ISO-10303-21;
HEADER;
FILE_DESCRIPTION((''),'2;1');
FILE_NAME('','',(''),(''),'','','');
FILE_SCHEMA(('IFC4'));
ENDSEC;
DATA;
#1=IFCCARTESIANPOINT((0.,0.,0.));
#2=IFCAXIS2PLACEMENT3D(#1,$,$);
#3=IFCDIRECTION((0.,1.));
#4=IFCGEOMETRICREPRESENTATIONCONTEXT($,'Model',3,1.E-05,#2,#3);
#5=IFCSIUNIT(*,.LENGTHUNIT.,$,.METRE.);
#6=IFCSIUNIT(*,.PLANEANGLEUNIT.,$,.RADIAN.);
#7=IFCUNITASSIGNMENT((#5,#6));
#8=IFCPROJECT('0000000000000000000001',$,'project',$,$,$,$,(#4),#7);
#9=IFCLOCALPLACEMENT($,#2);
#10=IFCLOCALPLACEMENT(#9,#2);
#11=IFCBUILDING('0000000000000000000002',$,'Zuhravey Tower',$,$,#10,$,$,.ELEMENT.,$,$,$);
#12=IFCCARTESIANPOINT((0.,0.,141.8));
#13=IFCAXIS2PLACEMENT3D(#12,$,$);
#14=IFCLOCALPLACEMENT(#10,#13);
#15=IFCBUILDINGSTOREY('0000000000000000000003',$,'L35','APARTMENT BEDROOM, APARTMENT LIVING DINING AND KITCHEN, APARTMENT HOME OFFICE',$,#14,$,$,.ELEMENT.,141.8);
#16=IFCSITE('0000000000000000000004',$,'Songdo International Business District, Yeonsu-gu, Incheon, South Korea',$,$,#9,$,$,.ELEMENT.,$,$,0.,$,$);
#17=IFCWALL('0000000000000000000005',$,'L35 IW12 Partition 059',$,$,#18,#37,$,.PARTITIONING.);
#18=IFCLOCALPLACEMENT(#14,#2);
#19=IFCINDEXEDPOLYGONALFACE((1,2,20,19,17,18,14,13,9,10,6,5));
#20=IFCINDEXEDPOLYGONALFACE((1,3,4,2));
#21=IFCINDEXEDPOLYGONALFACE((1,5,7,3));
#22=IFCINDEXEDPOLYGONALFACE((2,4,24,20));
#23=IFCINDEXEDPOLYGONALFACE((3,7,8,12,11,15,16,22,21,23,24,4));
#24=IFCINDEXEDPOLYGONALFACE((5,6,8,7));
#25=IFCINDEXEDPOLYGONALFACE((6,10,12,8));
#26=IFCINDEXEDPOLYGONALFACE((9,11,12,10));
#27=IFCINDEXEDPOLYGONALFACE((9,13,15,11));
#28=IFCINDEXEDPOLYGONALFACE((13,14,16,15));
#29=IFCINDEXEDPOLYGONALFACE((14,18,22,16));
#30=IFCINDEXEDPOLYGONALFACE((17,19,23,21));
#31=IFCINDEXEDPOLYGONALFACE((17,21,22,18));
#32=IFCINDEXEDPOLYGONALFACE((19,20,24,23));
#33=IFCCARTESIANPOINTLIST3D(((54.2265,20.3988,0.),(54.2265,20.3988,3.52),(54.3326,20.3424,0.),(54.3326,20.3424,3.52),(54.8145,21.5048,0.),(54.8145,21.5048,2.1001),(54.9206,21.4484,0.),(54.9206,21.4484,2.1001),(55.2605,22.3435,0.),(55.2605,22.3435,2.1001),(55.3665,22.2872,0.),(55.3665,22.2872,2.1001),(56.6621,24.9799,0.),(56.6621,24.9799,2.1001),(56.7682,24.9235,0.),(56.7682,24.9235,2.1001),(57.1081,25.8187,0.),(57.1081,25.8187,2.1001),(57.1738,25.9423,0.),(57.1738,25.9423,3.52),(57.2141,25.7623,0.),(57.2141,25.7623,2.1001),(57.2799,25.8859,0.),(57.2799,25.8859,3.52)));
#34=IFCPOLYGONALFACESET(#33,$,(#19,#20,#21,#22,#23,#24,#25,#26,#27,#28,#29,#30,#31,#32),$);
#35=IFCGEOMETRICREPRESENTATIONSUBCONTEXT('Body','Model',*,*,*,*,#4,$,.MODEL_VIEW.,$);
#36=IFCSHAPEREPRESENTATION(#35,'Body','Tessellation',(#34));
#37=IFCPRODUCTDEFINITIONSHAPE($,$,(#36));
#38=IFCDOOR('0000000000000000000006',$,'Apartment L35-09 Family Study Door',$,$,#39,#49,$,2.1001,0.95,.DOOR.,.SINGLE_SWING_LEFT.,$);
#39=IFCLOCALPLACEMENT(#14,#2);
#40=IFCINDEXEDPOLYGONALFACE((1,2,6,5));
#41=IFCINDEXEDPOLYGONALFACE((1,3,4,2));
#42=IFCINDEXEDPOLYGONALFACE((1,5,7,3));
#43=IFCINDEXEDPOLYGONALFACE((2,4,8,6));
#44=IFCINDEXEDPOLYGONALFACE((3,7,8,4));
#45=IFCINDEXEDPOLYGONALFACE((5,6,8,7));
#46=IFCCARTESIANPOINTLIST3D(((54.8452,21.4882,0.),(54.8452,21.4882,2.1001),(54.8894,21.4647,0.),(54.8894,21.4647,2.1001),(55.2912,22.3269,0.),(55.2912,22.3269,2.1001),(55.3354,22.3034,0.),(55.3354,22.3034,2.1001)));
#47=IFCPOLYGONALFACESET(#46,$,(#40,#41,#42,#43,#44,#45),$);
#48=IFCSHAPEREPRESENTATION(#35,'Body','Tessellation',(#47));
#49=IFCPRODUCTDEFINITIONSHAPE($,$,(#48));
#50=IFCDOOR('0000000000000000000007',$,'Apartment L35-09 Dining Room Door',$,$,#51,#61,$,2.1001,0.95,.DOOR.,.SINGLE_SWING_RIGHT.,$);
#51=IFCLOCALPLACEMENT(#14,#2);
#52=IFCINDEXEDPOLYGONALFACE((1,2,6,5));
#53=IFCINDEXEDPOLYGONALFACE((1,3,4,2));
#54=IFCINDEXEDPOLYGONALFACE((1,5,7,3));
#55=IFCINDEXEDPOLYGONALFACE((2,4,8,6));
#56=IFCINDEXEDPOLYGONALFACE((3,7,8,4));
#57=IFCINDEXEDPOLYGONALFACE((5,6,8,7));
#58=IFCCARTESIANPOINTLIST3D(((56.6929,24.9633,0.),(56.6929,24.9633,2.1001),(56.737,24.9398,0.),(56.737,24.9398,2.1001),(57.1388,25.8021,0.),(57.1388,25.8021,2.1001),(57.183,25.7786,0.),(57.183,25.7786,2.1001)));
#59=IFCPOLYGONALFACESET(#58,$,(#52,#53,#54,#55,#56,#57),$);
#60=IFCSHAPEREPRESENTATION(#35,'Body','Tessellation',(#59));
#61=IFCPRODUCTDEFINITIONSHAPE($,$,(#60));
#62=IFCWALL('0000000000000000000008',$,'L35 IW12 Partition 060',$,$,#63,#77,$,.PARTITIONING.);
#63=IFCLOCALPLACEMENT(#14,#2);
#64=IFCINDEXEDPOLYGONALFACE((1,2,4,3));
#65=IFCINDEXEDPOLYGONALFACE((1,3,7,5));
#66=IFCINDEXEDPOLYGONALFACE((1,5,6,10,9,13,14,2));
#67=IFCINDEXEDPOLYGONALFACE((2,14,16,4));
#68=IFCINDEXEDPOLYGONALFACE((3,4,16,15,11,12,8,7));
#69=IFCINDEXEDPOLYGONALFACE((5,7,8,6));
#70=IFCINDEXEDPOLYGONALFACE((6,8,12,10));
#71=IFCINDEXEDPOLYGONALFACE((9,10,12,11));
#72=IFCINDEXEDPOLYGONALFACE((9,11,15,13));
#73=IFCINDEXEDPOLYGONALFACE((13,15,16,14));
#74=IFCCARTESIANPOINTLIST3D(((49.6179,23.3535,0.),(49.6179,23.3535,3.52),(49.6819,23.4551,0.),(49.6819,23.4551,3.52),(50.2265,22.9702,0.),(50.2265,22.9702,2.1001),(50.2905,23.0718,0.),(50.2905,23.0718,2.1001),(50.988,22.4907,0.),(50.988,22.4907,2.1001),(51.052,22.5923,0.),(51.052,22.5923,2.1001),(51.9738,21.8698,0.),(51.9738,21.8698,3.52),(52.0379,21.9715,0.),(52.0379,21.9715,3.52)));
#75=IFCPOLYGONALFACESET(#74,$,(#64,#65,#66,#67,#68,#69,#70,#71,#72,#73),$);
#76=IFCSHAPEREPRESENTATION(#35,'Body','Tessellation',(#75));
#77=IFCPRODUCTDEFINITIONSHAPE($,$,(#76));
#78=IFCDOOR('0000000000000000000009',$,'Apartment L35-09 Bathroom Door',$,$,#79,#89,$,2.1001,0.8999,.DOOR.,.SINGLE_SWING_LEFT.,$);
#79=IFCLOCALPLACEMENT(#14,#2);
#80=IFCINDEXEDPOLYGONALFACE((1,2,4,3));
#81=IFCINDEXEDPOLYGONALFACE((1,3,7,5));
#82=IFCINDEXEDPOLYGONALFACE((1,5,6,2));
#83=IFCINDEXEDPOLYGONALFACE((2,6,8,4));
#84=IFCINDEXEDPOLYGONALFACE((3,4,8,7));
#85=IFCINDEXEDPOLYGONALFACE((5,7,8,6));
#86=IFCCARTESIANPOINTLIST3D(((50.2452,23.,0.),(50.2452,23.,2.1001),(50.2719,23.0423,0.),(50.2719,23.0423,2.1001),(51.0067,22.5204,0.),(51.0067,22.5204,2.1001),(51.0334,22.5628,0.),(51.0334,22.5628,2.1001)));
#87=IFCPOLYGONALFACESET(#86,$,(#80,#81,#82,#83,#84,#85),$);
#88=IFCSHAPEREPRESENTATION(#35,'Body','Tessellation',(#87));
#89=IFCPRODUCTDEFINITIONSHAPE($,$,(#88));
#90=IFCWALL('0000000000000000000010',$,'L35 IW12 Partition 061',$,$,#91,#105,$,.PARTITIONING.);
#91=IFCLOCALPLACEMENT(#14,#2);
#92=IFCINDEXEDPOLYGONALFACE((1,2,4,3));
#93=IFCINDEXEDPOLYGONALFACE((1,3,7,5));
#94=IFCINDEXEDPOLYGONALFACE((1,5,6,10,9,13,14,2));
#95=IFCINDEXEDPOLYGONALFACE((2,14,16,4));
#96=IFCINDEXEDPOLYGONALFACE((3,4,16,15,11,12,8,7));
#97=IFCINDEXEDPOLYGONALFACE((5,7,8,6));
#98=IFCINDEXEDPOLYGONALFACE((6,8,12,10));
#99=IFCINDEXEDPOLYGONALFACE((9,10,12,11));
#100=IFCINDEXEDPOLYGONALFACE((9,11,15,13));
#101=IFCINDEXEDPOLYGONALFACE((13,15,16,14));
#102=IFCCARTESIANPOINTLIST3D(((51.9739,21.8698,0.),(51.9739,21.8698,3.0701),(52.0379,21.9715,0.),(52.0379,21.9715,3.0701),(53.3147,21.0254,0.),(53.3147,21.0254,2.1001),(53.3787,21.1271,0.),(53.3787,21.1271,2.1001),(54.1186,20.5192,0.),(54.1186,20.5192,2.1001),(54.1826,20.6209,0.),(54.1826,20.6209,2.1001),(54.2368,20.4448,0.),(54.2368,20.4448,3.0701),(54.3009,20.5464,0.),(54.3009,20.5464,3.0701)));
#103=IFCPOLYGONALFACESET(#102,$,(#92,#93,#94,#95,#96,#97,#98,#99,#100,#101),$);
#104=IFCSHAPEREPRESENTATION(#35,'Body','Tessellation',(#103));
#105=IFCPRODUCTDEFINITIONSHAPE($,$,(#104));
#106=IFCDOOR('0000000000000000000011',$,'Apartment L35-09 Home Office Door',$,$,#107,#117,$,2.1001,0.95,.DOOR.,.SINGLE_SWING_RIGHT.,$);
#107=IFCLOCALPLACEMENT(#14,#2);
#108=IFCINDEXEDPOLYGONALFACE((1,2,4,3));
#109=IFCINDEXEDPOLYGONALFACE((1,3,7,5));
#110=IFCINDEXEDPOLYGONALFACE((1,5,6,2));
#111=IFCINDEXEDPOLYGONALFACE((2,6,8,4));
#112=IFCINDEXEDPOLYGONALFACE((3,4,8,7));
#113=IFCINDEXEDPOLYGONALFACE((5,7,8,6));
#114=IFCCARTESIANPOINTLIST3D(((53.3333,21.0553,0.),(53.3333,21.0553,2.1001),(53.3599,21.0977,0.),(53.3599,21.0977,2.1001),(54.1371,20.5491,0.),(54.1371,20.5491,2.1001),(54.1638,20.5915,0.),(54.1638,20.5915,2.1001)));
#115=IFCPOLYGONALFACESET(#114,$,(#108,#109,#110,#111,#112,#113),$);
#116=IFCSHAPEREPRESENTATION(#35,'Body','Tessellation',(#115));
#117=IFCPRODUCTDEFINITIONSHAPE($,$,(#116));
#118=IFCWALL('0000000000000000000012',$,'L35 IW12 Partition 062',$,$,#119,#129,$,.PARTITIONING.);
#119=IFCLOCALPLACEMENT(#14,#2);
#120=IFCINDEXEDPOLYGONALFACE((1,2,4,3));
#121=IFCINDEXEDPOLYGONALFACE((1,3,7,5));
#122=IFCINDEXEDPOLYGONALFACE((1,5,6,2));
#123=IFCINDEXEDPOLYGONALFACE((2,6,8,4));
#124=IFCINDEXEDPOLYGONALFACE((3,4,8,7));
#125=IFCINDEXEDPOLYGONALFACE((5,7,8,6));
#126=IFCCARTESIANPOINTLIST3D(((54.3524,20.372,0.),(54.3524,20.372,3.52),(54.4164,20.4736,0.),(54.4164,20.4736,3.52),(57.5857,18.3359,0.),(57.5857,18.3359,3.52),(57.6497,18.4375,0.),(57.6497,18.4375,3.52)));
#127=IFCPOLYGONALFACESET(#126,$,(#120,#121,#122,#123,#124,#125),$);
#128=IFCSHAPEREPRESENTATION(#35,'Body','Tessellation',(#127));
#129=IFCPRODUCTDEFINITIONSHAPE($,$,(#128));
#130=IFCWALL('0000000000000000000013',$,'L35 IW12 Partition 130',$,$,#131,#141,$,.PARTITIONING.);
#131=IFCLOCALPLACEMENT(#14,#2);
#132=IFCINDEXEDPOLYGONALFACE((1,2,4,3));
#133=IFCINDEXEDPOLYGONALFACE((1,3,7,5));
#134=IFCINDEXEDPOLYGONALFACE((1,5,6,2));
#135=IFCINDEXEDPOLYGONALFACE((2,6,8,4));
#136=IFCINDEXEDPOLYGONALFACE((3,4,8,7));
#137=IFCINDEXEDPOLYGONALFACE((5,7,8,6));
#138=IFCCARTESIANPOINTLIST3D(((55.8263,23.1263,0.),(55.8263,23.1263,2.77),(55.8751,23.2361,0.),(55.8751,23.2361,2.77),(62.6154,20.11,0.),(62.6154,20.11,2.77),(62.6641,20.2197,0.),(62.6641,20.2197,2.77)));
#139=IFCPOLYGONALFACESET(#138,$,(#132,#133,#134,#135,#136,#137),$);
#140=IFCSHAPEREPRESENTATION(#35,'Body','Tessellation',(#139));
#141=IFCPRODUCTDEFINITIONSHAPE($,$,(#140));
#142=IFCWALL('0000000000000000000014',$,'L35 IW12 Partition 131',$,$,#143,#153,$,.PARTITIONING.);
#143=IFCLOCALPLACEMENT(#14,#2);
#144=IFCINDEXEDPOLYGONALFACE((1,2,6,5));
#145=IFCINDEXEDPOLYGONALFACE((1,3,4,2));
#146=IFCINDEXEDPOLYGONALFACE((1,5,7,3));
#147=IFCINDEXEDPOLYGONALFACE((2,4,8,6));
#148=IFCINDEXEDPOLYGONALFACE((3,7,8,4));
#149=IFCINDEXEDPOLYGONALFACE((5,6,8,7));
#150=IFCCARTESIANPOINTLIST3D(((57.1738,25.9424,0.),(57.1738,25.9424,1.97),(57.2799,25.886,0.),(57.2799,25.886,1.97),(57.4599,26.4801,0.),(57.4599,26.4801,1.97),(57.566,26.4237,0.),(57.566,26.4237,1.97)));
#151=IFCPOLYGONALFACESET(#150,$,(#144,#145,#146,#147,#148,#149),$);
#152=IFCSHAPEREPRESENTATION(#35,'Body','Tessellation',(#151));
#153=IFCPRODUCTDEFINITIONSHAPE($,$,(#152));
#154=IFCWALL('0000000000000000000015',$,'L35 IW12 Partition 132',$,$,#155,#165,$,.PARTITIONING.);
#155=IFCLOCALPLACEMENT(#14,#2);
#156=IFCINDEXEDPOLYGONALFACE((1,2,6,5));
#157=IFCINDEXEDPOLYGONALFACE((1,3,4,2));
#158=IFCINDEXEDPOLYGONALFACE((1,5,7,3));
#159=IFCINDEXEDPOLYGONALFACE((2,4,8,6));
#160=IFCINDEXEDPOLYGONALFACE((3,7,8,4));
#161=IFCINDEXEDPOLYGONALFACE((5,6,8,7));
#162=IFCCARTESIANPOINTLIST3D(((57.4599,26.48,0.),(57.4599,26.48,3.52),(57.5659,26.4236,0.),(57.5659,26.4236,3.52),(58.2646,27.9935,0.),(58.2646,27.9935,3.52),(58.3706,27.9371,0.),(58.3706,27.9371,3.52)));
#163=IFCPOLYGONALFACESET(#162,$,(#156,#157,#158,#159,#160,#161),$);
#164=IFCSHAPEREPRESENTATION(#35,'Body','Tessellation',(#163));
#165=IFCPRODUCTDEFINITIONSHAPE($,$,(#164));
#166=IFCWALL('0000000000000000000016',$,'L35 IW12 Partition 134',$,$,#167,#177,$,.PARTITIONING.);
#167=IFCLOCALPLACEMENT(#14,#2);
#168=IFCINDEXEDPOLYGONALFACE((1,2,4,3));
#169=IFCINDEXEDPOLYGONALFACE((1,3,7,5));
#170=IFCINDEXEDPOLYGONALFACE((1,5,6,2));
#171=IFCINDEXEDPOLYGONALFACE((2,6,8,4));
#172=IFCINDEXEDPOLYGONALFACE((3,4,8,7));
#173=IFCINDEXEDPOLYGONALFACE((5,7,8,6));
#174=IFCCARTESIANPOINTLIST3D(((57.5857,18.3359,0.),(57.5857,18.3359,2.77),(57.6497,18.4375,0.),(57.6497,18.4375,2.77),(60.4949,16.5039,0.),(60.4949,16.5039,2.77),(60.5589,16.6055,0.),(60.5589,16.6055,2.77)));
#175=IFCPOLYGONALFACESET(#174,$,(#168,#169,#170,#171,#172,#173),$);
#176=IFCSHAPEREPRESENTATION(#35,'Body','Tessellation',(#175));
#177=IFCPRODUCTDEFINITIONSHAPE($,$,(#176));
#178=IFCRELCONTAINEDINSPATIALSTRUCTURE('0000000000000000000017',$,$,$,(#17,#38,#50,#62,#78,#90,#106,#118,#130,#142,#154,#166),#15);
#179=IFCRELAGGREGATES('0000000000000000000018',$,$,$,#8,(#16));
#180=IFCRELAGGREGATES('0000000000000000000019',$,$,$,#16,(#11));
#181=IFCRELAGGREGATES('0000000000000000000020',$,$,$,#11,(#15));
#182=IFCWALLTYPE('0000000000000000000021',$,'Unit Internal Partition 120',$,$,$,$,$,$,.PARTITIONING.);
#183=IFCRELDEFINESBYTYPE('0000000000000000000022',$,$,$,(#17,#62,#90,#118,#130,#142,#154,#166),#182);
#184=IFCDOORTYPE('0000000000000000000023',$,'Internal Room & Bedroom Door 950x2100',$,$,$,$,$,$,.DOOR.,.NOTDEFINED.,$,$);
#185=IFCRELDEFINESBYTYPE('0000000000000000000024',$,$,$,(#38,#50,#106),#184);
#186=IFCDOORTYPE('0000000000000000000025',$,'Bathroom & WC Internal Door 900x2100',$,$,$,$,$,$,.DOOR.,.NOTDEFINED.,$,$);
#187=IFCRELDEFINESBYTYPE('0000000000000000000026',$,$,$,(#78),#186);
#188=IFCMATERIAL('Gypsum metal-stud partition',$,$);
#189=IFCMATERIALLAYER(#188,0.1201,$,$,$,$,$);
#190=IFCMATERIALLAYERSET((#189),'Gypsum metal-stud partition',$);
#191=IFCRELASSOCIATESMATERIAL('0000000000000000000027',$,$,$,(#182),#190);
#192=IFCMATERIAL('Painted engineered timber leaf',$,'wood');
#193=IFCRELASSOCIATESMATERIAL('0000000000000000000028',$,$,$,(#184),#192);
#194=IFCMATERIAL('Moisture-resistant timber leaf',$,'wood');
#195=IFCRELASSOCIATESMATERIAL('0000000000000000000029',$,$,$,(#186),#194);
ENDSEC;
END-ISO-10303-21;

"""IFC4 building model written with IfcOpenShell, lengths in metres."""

from ifc_helpers import new_model, si_unit, direction, frame, frame_2d, origin, place, context, subcontext, project, spatial, rectangle, extrude, material, layer, layer_set, type_object, element, fill, save


model = new_model("IFC4")

# Units and contexts
model_context = context("Model", 3, precision=1e-05, world=origin(), true_north=direction((0.0, 1.0)))
body_context = subcontext(model_context, "Body", "Model", "MODEL_VIEW")
ifc_project = project(units=[si_unit("LENGTHUNIT", "METRE"), si_unit("PLANEANGLEUNIT", "RADIAN")], contexts=[model_context])

# Site, building, storey
site_placement = place(None, origin())
site = spatial("IfcSite", under=ifc_project, at=site_placement, Name="Songdo International Business District, Yeonsu-gu, Incheon, South Korea", CompositionType="ELEMENT", RefElevation=0.0)
building_placement = place(site_placement, origin())
building = spatial("IfcBuilding", under=site, at=building_placement, Name="Zuhravey Tower", CompositionType="ELEMENT")
storey_placement = place(building_placement, frame((0.0, 0.0, 141.8)))
storey = spatial("IfcBuildingStorey", under=building, at=storey_placement, Name="L35", Description="APARTMENT BEDROOM, APARTMENT LIVING DINING AND KITCHEN, APARTMENT HOME OFFICE", CompositionType="ELEMENT", Elevation=141.8)

# Wall, openings, doors
ifc_material_1 = material(Name="Gypsum metal-stud partition")
ifc_layer_1 = layer(ifc_material_1, 0.1201)
ifc_layer_set_1 = layer_set([ifc_layer_1], Name="Gypsum metal-stud partition")
wall_type_1 = type_object("IfcWallType", Name="Unit Internal Partition 120", PredefinedType="PARTITIONING", material=ifc_layer_set_1)
wall_1_placement = place(storey_placement, frame((54.2795, 20.3706, 0.0), z_axis=(0.0, 0.0, 1.0), x_axis=(0.469441, 0.882964, 0.0)))
wall_1 = element("IfcWall", 1, at=wall_1_placement, inside=storey, type_object=wall_type_1, Name="L35 IW12 Partition 059", PredefinedType="PARTITIONING", context=body_context, shape_type="SweptSolid", body=[
    extrude(rectangle(XDim=6.2783, YDim=0.1201, at=frame_2d((3.1392, 0.0))), origin(), (0.0, 0.0, 1.0), 3.52),
])
opening_1_placement = place(wall_1_placement, frame((1.2524, 0.0, 0.0)))
opening_1 = element("IfcOpeningElement", 2, at=opening_1_placement, cuts=wall_1, PredefinedType="OPENING", context=body_context, shape_type="SweptSolid", body=[
    extrude(rectangle(XDim=0.95, YDim=2.1001, at=frame_2d((0.4751, 1.05))), frame((0.0, 0.072, 0.0), z_axis=(0.0, -1.0, 0.0), x_axis=(1.0, 0.0, 0.0)), (0.0, 0.0, 1.0), 0.144),
])
opening_2_placement = place(wall_1_placement, frame((5.1882, 0.0, 0.0)))
opening_2 = element("IfcOpeningElement", 3, at=opening_2_placement, cuts=wall_1, PredefinedType="OPENING", context=body_context, shape_type="SweptSolid", body=[
    extrude(rectangle(XDim=0.95, YDim=2.1001, at=frame_2d((0.4751, 1.05))), frame((0.0, 0.072, 0.0), z_axis=(0.0, -1.0, 0.0), x_axis=(1.0, 0.0, 0.0)), (0.0, 0.0, 1.0), 0.144),
])
ifc_material_2 = material(Name="Painted engineered timber leaf", Category="wood")
door_type_1 = type_object("IfcDoorType", Name="Internal Room & Bedroom Door 950x2100", OperationType="NOTDEFINED", PredefinedType="DOOR", material=ifc_material_2)
door_1_placement = place(opening_1_placement, frame((0.95, 0.0, 0.0), z_axis=(0.0, 0.0, 1.0), x_axis=(-1.0, 0.0, 0.0)))
door_1 = element("IfcDoor", 4, at=door_1_placement, inside=storey, type_object=door_type_1, Name="Apartment L35-09 Family Study Door", OperationType="SINGLE_SWING_LEFT", OverallHeight=2.1001, OverallWidth=0.95, PredefinedType="DOOR", context=body_context, shape_type="SweptSolid", body=[
    extrude(rectangle(XDim=0.95, YDim=2.1001, at=frame_2d((0.4751, 1.05))), frame((0.0, 0.0249, 0.0), z_axis=(0.0, -1.0, 0.0), x_axis=(1.0, 0.0, 0.0)), (0.0, 0.0, 1.0), 0.05),
])
fill(opening_1, door_1)
door_2_placement = place(opening_2_placement, frame((0.95, 0.0, 0.0), z_axis=(0.0, 0.0, 1.0), x_axis=(-1.0, 0.0, 0.0)))
door_2 = element("IfcDoor", 5, at=door_2_placement, inside=storey, type_object=door_type_1, Name="Apartment L35-09 Dining Room Door", OperationType="SINGLE_SWING_RIGHT", OverallHeight=2.1001, OverallWidth=0.95, PredefinedType="DOOR", context=body_context, shape_type="SweptSolid", body=[
    extrude(rectangle(XDim=0.95, YDim=2.1001, at=frame_2d((0.4751, 1.05))), frame((0.0, 0.0249, 0.0), z_axis=(0.0, -1.0, 0.0), x_axis=(1.0, 0.0, 0.0)), (0.0, 0.0, 1.0), 0.05),
])
fill(opening_2, door_2)

# Walls, openings, doors
wall_2_placement = place(storey_placement, frame((49.6499, 23.4043, 0.0), z_axis=(0.0, 0.0, 1.0), x_axis=(0.84619, -0.532881, 0.0)))
wall_2 = element("IfcWall", 6, at=wall_2_placement, inside=storey, type_object=wall_type_1, Name="L35 IW12 Partition 060", PredefinedType="PARTITIONING", context=body_context, shape_type="SweptSolid", body=[
    extrude(rectangle(XDim=2.7842, YDim=0.1201, at=frame_2d((1.3921, 0.0))), origin(), (0.0, 0.0, 1.0), 3.52),
])
opening_3_placement = place(wall_2_placement, frame((0.7192, 0.0, 0.0)))
opening_3 = element("IfcOpeningElement", 7, at=opening_3_placement, cuts=wall_2, PredefinedType="OPENING", context=body_context, shape_type="SweptSolid", body=[
    extrude(rectangle(XDim=0.8999, YDim=2.1001, at=frame_2d((0.45, 1.05))), frame((0.0, 0.072, 0.0), z_axis=(0.0, -1.0, 0.0), x_axis=(1.0, 0.0, 0.0)), (0.0, 0.0, 1.0), 0.144),
])
ifc_material_3 = material(Name="Moisture-resistant timber leaf", Category="wood")
door_type_2 = type_object("IfcDoorType", Name="Bathroom & WC Internal Door 900x2100", OperationType="NOTDEFINED", PredefinedType="DOOR", material=ifc_material_3)
door_3_placement = place(opening_3_placement, frame((0.8999, 0.0, 0.0), z_axis=(0.0, 0.0, 1.0), x_axis=(-1.0, 0.0, 0.0)))
door_3 = element("IfcDoor", 8, at=door_3_placement, inside=storey, type_object=door_type_2, Name="Apartment L35-09 Bathroom Door", OperationType="SINGLE_SWING_LEFT", OverallHeight=2.1001, OverallWidth=0.8999, PredefinedType="DOOR", context=body_context, shape_type="SweptSolid", body=[
    extrude(rectangle(XDim=0.8999, YDim=2.1001, at=frame_2d((0.45, 1.05))), frame((0.0, 0.0249, 0.0), z_axis=(0.0, -1.0, 0.0), x_axis=(1.0, 0.0, 0.0)), (0.0, 0.0, 1.0), 0.05),
])
fill(opening_3, door_3)
wall_3_placement = place(storey_placement, frame((52.0059, 21.9207, 0.0), z_axis=(0.0, 0.0, 1.0), x_axis=(0.846193, -0.532876, 0.0)))
wall_3 = element("IfcWall", 9, at=wall_3_placement, inside=storey, type_object=wall_type_1, Name="L35 IW12 Partition 061", PredefinedType="PARTITIONING", context=body_context, shape_type="SweptSolid", body=[
    extrude(rectangle(XDim=2.6743, YDim=0.1201, at=frame_2d((1.3372, 0.0))), origin(), (0.0, 0.0, 1.0), 3.0701),
])
opening_4_placement = place(wall_3_placement, frame((1.5845, 0.0, 0.0)))
opening_4 = element("IfcOpeningElement", 10, at=opening_4_placement, cuts=wall_3, PredefinedType="OPENING", context=body_context, shape_type="SweptSolid", body=[
    extrude(rectangle(XDim=0.95, YDim=2.1001, at=frame_2d((0.4751, 1.05))), frame((0.0, 0.072, 0.0), z_axis=(0.0, -1.0, 0.0), x_axis=(1.0, 0.0, 0.0)), (0.0, 0.0, 1.0), 0.144),
])
door_4_placement = place(opening_4_placement, frame((0.95, 0.0, 0.0), z_axis=(0.0, 0.0, 1.0), x_axis=(-1.0, 0.0, 0.0)))
door_4 = element("IfcDoor", 11, at=door_4_placement, inside=storey, type_object=door_type_1, Name="Apartment L35-09 Home Office Door", OperationType="SINGLE_SWING_RIGHT", OverallHeight=2.1001, OverallWidth=0.95, PredefinedType="DOOR", context=body_context, shape_type="SweptSolid", body=[
    extrude(rectangle(XDim=0.95, YDim=2.1001, at=frame_2d((0.4751, 1.05))), frame((0.0, 0.0249, 0.0), z_axis=(0.0, -1.0, 0.0), x_axis=(1.0, 0.0, 0.0)), (0.0, 0.0, 1.0), 0.05),
])
fill(opening_4, door_4)

# Walls
wall_4_placement = place(storey_placement, frame((54.3843, 20.4229, 0.0), z_axis=(0.0, 0.0, 1.0), x_axis=(0.846199, -0.532867, 0.0)))
element("IfcWall", 12, at=wall_4_placement, inside=storey, type_object=wall_type_1, Name="L35 IW12 Partition 062", PredefinedType="PARTITIONING", context=body_context, shape_type="SweptSolid", body=[
    extrude(rectangle(XDim=3.821, YDim=0.1201, at=frame_2d((1.9106, 0.0))), origin(), (0.0, 0.0, 1.0), 3.52),
])
wall_5_placement = place(storey_placement, frame((55.8508, 23.1812, 0.0), z_axis=(0.0, 0.0, 1.0), x_axis=(0.913862, -0.406026, 0.0)))
element("IfcWall", 13, at=wall_5_placement, inside=storey, type_object=wall_type_1, Name="L35 IW12 Partition 130", PredefinedType="PARTITIONING", context=body_context, shape_type="SweptSolid", body=[
    extrude(rectangle(XDim=7.429, YDim=0.1201, at=frame_2d((3.7144, 0.0))), origin(), (0.0, 0.0, 1.0), 2.77),
])
wall_6_placement = place(storey_placement, frame((57.2268, 25.9141, 0.0), z_axis=(0.0, 0.0, 1.0), x_axis=(0.469673, 0.882841, 0.0)))
element("IfcWall", 14, at=wall_6_placement, inside=storey, type_object=wall_type_1, Name="L35 IW12 Partition 131", PredefinedType="PARTITIONING", context=body_context, shape_type="SweptSolid", body=[
    extrude(rectangle(XDim=0.6091, YDim=0.1201, at=frame_2d((0.3047, 0.0))), origin(), (0.0, 0.0, 1.0), 1.97),
])
wall_7_placement = place(storey_placement, frame((57.5129, 26.4519, 0.0), z_axis=(0.0, 0.0, 1.0), x_axis=(0.469464, 0.882952, 0.0)))
element("IfcWall", 15, at=wall_7_placement, inside=storey, type_object=wall_type_1, Name="L35 IW12 Partition 132", PredefinedType="PARTITIONING", context=body_context, shape_type="SweptSolid", body=[
    extrude(rectangle(XDim=1.7141, YDim=0.1201, at=frame_2d((0.8569, 0.0))), origin(), (0.0, 0.0, 1.0), 3.52),
])
wall_8_placement = place(storey_placement, frame((57.6177, 18.3867, 0.0), z_axis=(0.0, 0.0, 1.0), x_axis=(0.84619, -0.532881, 0.0)))
element("IfcWall", 16, at=wall_8_placement, inside=storey, type_object=wall_type_1, Name="L35 IW12 Partition 134", PredefinedType="PARTITIONING", context=body_context, shape_type="SweptSolid", body=[
    extrude(rectangle(XDim=3.438, YDim=0.1201, at=frame_2d((1.719, 0.0))), origin(), (0.0, 0.0, 1.0), 2.77),
])

save(model, "model.ifc")
